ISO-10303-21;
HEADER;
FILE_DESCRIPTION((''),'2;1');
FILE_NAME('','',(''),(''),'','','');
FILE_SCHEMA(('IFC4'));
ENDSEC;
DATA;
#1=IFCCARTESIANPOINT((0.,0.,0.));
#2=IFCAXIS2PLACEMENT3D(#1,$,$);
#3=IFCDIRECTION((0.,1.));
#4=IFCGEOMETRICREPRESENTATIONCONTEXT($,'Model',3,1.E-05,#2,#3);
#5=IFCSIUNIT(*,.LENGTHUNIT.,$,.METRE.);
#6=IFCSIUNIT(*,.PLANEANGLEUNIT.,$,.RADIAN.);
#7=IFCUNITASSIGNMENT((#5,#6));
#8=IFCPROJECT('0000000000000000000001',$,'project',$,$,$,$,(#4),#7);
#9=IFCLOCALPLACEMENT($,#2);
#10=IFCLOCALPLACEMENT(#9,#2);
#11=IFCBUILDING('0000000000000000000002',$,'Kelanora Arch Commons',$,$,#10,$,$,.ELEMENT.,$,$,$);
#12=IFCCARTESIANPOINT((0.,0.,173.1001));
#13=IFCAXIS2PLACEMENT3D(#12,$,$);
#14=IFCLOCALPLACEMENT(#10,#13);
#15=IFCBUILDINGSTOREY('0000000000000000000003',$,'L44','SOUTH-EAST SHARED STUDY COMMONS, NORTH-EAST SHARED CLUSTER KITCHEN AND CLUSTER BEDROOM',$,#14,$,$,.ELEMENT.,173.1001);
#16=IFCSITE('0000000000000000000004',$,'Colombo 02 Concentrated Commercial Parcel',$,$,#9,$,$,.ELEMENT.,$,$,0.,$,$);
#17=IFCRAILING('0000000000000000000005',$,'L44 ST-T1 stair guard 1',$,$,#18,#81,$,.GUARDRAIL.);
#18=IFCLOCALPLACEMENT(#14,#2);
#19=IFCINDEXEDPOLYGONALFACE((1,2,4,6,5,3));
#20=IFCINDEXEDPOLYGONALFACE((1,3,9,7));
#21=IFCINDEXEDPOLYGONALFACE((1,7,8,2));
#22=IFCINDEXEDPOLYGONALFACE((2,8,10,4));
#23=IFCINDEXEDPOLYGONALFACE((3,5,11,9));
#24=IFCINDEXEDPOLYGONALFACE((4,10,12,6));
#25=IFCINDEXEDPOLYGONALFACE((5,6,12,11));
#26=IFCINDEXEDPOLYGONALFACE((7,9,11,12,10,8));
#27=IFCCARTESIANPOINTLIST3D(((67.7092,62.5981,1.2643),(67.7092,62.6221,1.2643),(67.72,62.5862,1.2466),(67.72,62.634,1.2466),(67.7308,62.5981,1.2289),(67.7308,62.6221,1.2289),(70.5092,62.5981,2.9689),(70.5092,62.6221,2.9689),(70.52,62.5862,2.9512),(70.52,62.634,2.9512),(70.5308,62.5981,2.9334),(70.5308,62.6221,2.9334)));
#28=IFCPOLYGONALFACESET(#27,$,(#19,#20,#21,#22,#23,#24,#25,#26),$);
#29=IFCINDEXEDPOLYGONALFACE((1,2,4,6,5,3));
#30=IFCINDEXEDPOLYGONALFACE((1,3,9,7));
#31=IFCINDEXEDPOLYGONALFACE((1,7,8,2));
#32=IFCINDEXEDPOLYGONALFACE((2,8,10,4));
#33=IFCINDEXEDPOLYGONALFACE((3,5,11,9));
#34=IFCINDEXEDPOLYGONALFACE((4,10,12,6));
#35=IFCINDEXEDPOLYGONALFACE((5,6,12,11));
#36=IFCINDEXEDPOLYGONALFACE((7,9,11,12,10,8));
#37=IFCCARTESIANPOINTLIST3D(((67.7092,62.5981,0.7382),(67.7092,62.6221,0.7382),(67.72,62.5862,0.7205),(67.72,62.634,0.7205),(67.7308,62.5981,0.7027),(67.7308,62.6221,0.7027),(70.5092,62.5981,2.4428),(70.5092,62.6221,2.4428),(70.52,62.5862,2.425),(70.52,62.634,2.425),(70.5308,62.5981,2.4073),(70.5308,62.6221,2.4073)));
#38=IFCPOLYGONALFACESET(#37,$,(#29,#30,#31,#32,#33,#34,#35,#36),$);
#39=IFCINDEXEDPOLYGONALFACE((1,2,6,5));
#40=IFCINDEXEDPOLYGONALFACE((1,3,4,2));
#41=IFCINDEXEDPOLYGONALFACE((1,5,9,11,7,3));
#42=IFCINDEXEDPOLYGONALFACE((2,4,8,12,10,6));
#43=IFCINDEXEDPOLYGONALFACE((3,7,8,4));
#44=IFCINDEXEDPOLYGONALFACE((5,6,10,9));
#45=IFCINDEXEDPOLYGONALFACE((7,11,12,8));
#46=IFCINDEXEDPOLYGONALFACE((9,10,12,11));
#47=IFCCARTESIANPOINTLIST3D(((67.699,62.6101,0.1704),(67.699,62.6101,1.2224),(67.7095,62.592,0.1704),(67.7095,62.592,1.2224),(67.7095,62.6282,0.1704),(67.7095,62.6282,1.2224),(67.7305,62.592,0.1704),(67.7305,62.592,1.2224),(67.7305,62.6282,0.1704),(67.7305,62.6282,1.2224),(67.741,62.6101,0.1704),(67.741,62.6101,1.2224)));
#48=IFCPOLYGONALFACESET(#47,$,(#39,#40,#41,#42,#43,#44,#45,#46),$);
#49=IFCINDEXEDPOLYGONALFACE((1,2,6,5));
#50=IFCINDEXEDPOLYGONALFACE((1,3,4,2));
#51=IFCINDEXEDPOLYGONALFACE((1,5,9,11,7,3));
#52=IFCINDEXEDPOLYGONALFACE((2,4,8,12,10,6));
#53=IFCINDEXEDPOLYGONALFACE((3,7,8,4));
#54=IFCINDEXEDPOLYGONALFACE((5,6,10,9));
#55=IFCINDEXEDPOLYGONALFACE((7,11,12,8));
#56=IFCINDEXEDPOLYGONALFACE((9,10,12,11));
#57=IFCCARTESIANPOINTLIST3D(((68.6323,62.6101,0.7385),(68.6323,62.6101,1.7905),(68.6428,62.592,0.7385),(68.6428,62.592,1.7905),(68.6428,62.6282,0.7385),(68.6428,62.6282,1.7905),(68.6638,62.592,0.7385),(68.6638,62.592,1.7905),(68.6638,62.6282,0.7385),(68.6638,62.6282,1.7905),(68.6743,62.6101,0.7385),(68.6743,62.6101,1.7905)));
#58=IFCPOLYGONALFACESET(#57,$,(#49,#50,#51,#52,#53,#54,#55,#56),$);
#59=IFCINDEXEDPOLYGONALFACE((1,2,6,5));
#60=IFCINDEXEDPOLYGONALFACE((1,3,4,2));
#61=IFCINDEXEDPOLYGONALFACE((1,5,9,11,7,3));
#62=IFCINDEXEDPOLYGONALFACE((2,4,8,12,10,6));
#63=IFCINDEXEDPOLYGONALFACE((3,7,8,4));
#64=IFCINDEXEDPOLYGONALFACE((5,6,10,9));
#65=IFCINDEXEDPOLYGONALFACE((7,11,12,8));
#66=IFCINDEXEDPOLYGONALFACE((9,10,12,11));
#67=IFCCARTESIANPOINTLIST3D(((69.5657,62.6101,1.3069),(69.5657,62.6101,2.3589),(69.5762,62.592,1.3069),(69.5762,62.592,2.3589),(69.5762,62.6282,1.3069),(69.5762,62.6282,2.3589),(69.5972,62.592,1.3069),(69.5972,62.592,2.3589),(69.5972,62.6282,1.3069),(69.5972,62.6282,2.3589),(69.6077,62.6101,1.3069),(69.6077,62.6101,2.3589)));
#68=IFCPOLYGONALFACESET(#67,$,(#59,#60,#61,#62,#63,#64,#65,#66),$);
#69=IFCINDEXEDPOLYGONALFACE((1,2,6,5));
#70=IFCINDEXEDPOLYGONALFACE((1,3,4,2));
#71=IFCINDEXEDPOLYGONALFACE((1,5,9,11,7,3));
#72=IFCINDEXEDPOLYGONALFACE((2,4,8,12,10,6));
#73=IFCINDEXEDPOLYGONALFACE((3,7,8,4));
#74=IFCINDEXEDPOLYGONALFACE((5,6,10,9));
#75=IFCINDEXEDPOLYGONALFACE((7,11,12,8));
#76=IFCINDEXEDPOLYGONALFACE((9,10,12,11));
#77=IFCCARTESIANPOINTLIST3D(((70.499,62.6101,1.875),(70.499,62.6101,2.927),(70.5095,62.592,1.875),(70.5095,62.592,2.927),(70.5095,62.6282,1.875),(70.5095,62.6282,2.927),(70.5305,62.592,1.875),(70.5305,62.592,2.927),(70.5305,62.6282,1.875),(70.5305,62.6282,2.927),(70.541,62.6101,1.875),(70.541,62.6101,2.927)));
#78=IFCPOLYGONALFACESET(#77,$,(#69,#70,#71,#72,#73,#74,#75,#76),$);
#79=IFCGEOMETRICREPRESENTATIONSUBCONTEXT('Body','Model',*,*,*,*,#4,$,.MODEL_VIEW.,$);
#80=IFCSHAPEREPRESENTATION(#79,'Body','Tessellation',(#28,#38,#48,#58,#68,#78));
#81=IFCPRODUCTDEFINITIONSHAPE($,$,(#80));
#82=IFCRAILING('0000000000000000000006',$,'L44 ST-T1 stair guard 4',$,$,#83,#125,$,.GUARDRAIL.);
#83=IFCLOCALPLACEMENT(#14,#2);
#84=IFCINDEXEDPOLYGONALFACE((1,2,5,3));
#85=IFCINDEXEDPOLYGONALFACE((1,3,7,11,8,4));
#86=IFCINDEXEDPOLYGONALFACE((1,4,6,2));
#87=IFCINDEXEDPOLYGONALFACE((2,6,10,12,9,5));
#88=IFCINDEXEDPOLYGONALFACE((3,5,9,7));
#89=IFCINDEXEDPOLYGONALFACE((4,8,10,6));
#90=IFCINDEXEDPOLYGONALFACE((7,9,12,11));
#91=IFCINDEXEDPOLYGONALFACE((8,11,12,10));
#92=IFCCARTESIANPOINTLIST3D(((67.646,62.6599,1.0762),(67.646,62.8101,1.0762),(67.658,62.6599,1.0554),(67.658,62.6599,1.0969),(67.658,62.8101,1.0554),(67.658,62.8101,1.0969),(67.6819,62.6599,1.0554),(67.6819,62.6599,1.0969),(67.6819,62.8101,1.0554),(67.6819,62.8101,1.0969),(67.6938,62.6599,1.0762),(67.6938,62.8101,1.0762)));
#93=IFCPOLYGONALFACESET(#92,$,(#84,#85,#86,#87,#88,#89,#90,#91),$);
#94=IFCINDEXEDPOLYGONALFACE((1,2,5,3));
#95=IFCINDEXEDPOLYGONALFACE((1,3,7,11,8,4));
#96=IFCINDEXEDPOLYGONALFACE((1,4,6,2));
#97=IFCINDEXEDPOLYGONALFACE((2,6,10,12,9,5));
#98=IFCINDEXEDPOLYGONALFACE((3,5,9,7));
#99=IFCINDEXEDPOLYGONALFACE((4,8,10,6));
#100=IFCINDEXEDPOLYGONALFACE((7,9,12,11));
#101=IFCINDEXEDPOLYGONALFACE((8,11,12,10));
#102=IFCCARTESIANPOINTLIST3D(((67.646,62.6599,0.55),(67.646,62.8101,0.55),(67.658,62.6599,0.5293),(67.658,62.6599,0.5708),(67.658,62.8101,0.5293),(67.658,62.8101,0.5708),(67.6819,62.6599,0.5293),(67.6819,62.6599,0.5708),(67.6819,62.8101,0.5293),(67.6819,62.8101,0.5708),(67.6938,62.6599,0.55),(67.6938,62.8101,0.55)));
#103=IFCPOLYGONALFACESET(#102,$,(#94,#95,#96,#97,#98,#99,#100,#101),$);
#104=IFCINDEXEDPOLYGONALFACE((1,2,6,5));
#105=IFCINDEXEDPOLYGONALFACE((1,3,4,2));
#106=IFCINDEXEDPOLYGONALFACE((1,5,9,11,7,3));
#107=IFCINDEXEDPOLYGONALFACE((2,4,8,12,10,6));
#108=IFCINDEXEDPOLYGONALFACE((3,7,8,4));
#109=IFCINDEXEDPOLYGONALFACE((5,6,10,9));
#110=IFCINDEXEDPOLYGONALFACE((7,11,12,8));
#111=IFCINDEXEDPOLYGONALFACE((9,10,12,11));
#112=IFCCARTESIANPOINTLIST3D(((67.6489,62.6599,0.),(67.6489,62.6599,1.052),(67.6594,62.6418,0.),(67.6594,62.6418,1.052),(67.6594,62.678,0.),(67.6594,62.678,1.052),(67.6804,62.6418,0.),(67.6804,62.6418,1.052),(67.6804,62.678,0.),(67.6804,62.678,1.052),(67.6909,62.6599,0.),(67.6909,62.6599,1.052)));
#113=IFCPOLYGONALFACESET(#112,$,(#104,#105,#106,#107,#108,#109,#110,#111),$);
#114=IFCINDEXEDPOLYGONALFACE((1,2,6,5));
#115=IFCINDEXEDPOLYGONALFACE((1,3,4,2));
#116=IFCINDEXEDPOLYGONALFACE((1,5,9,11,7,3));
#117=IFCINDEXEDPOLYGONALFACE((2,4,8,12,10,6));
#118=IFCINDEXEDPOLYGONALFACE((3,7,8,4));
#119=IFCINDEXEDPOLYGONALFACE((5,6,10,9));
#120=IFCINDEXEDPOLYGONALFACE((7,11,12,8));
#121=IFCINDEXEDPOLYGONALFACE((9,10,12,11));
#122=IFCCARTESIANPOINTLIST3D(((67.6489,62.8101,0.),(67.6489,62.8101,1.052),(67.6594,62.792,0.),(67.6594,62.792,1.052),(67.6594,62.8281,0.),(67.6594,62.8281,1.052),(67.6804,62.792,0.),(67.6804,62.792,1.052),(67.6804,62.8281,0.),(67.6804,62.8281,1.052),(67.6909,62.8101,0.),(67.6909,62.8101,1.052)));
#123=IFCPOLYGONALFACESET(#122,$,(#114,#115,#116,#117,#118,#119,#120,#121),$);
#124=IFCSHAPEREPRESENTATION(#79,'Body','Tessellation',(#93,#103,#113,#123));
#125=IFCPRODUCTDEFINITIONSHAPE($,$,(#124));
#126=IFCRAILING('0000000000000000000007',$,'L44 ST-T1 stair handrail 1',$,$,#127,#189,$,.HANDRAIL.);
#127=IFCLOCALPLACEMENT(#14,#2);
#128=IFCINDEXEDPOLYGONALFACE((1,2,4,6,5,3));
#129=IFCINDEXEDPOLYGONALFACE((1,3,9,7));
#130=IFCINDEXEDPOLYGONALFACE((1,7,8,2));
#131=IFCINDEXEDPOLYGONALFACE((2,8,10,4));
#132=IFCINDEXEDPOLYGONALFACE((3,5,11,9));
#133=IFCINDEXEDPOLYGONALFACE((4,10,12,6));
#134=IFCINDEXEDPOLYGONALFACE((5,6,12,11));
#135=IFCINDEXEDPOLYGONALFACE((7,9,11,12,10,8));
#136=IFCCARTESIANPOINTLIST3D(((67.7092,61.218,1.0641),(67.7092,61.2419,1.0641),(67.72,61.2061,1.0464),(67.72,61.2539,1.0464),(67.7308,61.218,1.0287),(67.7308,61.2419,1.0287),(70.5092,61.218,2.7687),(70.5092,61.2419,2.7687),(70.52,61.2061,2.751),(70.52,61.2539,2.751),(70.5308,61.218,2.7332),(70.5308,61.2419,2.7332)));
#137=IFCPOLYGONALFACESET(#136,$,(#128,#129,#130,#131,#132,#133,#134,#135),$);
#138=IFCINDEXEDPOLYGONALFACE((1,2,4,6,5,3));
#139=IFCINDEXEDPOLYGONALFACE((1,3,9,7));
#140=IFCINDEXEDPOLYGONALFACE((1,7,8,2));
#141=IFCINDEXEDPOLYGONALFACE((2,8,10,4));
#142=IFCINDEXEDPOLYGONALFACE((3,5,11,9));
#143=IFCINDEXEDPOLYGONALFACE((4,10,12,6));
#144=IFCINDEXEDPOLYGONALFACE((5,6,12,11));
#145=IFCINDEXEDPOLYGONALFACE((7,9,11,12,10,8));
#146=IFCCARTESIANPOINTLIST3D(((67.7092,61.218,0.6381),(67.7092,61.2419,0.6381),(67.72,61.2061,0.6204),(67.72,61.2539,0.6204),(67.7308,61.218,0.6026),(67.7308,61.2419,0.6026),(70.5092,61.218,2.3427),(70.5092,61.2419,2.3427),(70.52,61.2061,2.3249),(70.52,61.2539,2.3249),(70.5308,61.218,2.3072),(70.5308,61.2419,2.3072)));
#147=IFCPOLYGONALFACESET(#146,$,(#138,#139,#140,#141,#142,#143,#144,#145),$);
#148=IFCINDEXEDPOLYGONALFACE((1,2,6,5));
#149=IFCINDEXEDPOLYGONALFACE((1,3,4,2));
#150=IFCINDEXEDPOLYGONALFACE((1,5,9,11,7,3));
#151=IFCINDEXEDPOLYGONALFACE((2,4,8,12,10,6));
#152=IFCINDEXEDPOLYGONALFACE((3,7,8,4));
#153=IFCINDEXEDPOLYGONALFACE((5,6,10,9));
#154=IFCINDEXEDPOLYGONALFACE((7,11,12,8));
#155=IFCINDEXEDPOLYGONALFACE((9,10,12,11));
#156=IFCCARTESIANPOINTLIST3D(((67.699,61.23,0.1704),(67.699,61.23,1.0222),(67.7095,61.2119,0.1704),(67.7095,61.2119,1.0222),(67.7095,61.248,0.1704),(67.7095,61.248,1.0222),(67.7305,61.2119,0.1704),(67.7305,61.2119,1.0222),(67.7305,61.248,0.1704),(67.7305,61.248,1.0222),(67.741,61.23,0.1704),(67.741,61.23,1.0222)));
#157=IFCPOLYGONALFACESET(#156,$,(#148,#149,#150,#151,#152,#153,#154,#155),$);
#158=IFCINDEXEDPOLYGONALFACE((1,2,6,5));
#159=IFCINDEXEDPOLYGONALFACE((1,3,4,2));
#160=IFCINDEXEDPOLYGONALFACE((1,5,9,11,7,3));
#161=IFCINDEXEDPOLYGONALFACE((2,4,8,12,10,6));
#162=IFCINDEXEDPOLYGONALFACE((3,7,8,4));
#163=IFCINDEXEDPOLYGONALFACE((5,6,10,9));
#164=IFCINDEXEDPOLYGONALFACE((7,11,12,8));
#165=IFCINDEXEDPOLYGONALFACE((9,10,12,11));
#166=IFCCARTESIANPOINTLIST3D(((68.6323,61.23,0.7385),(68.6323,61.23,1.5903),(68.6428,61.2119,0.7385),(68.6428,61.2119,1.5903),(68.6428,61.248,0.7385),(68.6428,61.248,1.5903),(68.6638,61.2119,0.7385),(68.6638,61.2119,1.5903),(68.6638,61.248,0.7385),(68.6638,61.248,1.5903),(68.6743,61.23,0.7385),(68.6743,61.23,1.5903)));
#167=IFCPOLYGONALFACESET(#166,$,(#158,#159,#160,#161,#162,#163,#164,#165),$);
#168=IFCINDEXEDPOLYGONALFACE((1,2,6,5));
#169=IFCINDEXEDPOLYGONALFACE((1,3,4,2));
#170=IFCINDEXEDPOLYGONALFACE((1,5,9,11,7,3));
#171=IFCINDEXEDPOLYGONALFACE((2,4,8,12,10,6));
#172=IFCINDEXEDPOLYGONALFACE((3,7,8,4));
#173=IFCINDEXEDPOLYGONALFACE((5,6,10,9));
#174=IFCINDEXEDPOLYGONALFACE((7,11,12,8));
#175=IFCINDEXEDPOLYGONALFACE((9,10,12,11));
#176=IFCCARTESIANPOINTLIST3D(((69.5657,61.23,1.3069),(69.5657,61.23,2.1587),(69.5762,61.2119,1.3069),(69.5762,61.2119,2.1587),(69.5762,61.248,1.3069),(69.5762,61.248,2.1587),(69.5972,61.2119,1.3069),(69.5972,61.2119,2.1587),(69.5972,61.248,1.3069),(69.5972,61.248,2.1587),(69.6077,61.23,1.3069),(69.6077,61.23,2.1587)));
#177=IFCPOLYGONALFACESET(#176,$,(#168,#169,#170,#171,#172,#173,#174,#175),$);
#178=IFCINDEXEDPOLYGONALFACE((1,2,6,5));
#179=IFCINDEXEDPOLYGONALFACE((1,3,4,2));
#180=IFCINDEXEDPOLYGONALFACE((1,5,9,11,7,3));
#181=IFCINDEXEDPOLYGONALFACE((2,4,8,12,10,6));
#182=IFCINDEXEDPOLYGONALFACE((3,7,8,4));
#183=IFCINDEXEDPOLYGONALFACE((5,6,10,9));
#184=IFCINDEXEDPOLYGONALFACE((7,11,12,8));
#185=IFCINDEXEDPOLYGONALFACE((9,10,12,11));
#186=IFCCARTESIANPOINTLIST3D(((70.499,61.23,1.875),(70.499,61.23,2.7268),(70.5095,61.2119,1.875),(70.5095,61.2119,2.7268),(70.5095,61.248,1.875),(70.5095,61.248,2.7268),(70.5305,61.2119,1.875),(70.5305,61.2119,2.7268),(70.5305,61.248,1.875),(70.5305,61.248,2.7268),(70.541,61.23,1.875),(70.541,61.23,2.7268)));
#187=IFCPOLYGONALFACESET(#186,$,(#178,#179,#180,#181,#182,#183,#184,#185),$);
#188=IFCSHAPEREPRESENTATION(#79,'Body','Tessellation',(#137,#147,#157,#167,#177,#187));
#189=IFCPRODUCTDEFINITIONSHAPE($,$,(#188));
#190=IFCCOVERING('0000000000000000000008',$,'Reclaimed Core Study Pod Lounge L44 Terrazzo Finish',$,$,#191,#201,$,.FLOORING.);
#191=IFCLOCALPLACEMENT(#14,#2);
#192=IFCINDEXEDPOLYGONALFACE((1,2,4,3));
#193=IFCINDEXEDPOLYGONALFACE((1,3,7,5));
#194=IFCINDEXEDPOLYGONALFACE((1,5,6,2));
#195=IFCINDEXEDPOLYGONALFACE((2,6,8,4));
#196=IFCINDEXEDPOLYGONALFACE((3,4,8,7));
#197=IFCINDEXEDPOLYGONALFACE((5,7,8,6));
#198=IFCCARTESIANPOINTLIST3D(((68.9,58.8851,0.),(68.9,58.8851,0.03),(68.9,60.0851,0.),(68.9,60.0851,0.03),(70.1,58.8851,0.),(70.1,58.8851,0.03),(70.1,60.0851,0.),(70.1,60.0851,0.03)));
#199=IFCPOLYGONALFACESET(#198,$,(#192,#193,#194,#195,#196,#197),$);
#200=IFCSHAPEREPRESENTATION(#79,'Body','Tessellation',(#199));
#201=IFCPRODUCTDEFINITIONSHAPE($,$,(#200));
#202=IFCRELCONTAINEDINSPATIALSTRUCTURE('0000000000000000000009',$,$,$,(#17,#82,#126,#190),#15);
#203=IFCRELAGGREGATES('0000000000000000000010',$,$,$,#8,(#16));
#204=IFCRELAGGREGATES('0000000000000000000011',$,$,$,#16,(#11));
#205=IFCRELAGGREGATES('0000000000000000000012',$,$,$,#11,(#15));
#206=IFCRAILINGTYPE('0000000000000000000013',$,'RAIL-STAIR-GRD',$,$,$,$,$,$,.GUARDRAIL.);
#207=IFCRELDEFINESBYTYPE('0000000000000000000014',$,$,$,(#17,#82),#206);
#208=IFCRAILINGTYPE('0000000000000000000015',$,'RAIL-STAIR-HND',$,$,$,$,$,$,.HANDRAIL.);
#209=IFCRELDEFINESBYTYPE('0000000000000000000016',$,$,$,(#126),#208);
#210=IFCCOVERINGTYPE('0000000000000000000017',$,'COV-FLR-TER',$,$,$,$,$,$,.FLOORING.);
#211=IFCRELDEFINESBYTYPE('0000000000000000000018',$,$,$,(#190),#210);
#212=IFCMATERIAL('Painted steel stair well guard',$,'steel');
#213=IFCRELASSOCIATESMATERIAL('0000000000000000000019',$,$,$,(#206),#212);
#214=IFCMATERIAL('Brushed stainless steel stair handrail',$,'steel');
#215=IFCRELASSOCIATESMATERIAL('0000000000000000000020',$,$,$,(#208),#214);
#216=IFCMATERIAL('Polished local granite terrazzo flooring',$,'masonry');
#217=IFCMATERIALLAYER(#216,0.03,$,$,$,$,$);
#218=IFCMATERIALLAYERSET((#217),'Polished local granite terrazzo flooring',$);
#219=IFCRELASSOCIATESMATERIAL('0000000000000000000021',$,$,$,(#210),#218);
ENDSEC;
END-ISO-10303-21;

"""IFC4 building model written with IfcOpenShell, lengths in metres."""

from ifc_helpers import new_model, si_unit, direction, frame, origin, origin_2d, place, context, subcontext, project, spatial, polyline, rectangle, outline, extrude, source, transform, mapped, material, layer, layer_set, type_object, element, save


model = new_model("IFC4")

# Units and contexts
model_context = context("Model", 3, precision=1e-05, world=origin(), true_north=direction((0.0, 1.0)))
body_context = subcontext(model_context, "Body", "Model", "MODEL_VIEW")
ifc_project = project(units=[si_unit("LENGTHUNIT", "METRE"), si_unit("PLANEANGLEUNIT", "RADIAN")], contexts=[model_context])

# Site, building, storey
site_placement = place(None, origin())
site = spatial("IfcSite", under=ifc_project, at=site_placement, Name="Colombo 02 Concentrated Commercial Parcel", CompositionType="ELEMENT", RefElevation=0.0)
building_placement = place(site_placement, origin())
building = spatial("IfcBuilding", under=site, at=building_placement, Name="Kelanora Arch Commons", CompositionType="ELEMENT")
storey_placement = place(building_placement, frame((0.0, 0.0, 173.1001)))
storey = spatial("IfcBuildingStorey", under=building, at=storey_placement, Name="L44", Description="SOUTH-EAST SHARED STUDY COMMONS, NORTH-EAST SHARED CLUSTER KITCHEN AND CLUSTER BEDROOM", CompositionType="ELEMENT", Elevation=173.1001)

# Railings
ifc_material_1 = material(Name="Painted steel stair well guard", Category="steel")
railing_type_1 = type_object("IfcRailingType", Name="RAIL-STAIR-GRD", PredefinedType="GUARDRAIL", material=ifc_material_1)
railing_1_placement = place(storey_placement, frame((67.72, 62.6101, 0.1704)))
element("IfcRailing", 1, at=railing_1_placement, inside=storey, type_object=railing_type_1, Name="L44 ST-T1 stair guard 1", PredefinedType="GUARDRAIL", context=body_context, shape_type="SweptSolid", body=[
    extrude(outline(polyline([(0.0239, 0.0), (0.012, 0.0208), (-0.012, 0.0208), (-0.0239, 0.0), (-0.012, -0.0208), (0.012, -0.0208), (0.0239, 0.0)])), frame((0.0, 0.0, 1.0762), z_axis=(0.85417, 0.0, 0.519994), x_axis=(0.0, 1.0, 0.0)), (0.0, 0.0, 1.0), 3.2781),
    extrude(outline(polyline([(0.0239, 0.0), (0.012, 0.0208), (-0.012, 0.0208), (-0.0239, 0.0), (-0.012, -0.0208), (0.012, -0.0208), (0.0239, 0.0)])), frame((0.0, 0.0, 0.55), z_axis=(0.85417, 0.0, 0.519994), x_axis=(0.0, 1.0, 0.0)), (0.0, 0.0, 1.0), 3.2781),
    extrude(outline(polyline([(0.021, 0.0), (0.0105, 0.0181), (-0.0105, 0.0181), (-0.021, 0.0), (-0.0105, -0.0181), (0.0105, -0.0181), (0.021, 0.0)])), origin(), (0.0, 0.0, 1.0), 1.052),
    extrude(outline(polyline([(0.021, 0.0), (0.0105, 0.0181), (-0.0105, 0.0181), (-0.021, 0.0), (-0.0105, -0.0181), (0.0105, -0.0181), (0.021, 0.0)])), frame((0.9333, 0.0, 0.5681)), (0.0, 0.0, 1.0), 1.052),
    extrude(outline(polyline([(0.021, 0.0), (0.0105, 0.0181), (-0.0105, 0.0181), (-0.021, 0.0), (-0.0105, -0.0181), (0.0105, -0.0181), (0.021, 0.0)])), frame((1.8667, 0.0, 1.1365)), (0.0, 0.0, 1.0), 1.052),
    extrude(outline(polyline([(0.021, 0.0), (0.0105, 0.0181), (-0.0105, 0.0181), (-0.021, 0.0), (-0.0105, -0.0181), (0.0105, -0.0181), (0.021, 0.0)])), frame((2.8, 0.0, 1.7046)), (0.0, 0.0, 1.0), 1.052),
])
railing_2_placement = place(storey_placement, frame((67.6699, 62.6599, 0.0)))
element("IfcRailing", 2, at=railing_2_placement, inside=storey, type_object=railing_type_1, Name="L44 ST-T1 stair guard 4", PredefinedType="GUARDRAIL", context=body_context, shape_type="SweptSolid", body=[
    extrude(outline(polyline([(0.0239, 0.0), (0.012, 0.0208), (-0.012, 0.0208), (-0.0239, 0.0), (-0.012, -0.0208), (0.012, -0.0208), (0.0239, 0.0)])), frame((0.0, 0.0, 1.0762), z_axis=(0.0, 1.0, 0.0), x_axis=(-1.0, 0.0, 0.0)), (0.0, 0.0, 1.0), 0.1501),
    extrude(outline(polyline([(0.0239, 0.0), (0.012, 0.0208), (-0.012, 0.0208), (-0.0239, 0.0), (-0.012, -0.0208), (0.012, -0.0208), (0.0239, 0.0)])), frame((0.0, 0.0, 0.55), z_axis=(0.0, 1.0, 0.0), x_axis=(-1.0, 0.0, 0.0)), (0.0, 0.0, 1.0), 0.1501),
    extrude(outline(polyline([(0.021, 0.0), (0.0105, 0.0181), (-0.0105, 0.0181), (-0.021, 0.0), (-0.0105, -0.0181), (0.0105, -0.0181), (0.021, 0.0)])), origin(), (0.0, 0.0, 1.0), 1.052),
    extrude(outline(polyline([(0.021, 0.0), (0.0105, 0.0181), (-0.0105, 0.0181), (-0.021, 0.0), (-0.0105, -0.0181), (0.0105, -0.0181), (0.021, 0.0)])), frame((0.0, 0.1501, 0.0)), (0.0, 0.0, 1.0), 1.052),
])
ifc_material_2 = material(Name="Brushed stainless steel stair handrail", Category="steel")
railing_type_2 = type_object("IfcRailingType", Name="RAIL-STAIR-HND", PredefinedType="HANDRAIL", material=ifc_material_2)
railing_3_placement = place(storey_placement, frame((67.72, 61.23, 0.1704)))
element("IfcRailing", 3, at=railing_3_placement, inside=storey, type_object=railing_type_2, Name="L44 ST-T1 stair handrail 1", PredefinedType="HANDRAIL", context=body_context, shape_type="SweptSolid", body=[
    extrude(outline(polyline([(0.0239, 0.0), (0.012, 0.0208), (-0.012, 0.0208), (-0.0239, 0.0), (-0.012, -0.0208), (0.012, -0.0208), (0.0239, 0.0)])), frame((0.0, 0.0, 0.876), z_axis=(0.85417, 0.0, 0.519994), x_axis=(0.0, 1.0, 0.0)), (0.0, 0.0, 1.0), 3.2781),
    extrude(outline(polyline([(0.0239, 0.0), (0.012, 0.0208), (-0.012, 0.0208), (-0.0239, 0.0), (-0.012, -0.0208), (0.012, -0.0208), (0.0239, 0.0)])), frame((0.0, 0.0, 0.45), z_axis=(0.85417, 0.0, 0.519994), x_axis=(0.0, 1.0, 0.0)), (0.0, 0.0, 1.0), 3.2781),
    extrude(outline(polyline([(0.021, 0.0), (0.0105, 0.0181), (-0.0105, 0.0181), (-0.021, 0.0), (-0.0105, -0.0181), (0.0105, -0.0181), (0.021, 0.0)])), origin(), (0.0, 0.0, 1.0), 0.8518),
    extrude(outline(polyline([(0.021, 0.0), (0.0105, 0.0181), (-0.0105, 0.0181), (-0.021, 0.0), (-0.0105, -0.0181), (0.0105, -0.0181), (0.021, 0.0)])), frame((0.9333, 0.0, 0.5681)), (0.0, 0.0, 1.0), 0.8518),
    extrude(outline(polyline([(0.021, 0.0), (0.0105, 0.0181), (-0.0105, 0.0181), (-0.021, 0.0), (-0.0105, -0.0181), (0.0105, -0.0181), (0.021, 0.0)])), frame((1.8667, 0.0, 1.1365)), (0.0, 0.0, 1.0), 0.8518),
    extrude(outline(polyline([(0.021, 0.0), (0.0105, 0.0181), (-0.0105, 0.0181), (-0.021, 0.0), (-0.0105, -0.0181), (0.0105, -0.0181), (0.021, 0.0)])), frame((2.8, 0.0, 1.7046)), (0.0, 0.0, 1.0), 0.8518),
])

# Covering
ifc_material_3 = material(Name="Polished local granite terrazzo flooring", Category="masonry")
ifc_layer_1 = layer(ifc_material_3, 0.03)
ifc_layer_set_1 = layer_set([ifc_layer_1], Name="Polished local granite terrazzo flooring")
covering_type = type_object("IfcCoveringType", Name="COV-FLR-TER", PredefinedType="FLOORING", material=ifc_layer_set_1)
shared_shape = source(origin(), body_context, "Body", "SweptSolid", [
    extrude(rectangle(XDim=1.2, YDim=1.2, at=origin_2d()), origin(), (0.0, 0.0, 1.0), 0.03),
])
covering_placement = place(storey_placement, frame((69.5, 59.4851, 0.0), z_axis=(0.0, 0.0, 1.0), x_axis=(1.0, 0.0, 0.0)))
element("IfcCovering", 4, at=covering_placement, inside=storey, type_object=covering_type, Name="Reclaimed Core Study Pod Lounge L44 Terrazzo Finish", PredefinedType="FLOORING", context=body_context, shape_type="MappedRepresentation", body=[
    mapped(shared_shape, transform((0.0, 0.0, 0.0), scale=1.0)),
])

save(model, "model.ifc")
